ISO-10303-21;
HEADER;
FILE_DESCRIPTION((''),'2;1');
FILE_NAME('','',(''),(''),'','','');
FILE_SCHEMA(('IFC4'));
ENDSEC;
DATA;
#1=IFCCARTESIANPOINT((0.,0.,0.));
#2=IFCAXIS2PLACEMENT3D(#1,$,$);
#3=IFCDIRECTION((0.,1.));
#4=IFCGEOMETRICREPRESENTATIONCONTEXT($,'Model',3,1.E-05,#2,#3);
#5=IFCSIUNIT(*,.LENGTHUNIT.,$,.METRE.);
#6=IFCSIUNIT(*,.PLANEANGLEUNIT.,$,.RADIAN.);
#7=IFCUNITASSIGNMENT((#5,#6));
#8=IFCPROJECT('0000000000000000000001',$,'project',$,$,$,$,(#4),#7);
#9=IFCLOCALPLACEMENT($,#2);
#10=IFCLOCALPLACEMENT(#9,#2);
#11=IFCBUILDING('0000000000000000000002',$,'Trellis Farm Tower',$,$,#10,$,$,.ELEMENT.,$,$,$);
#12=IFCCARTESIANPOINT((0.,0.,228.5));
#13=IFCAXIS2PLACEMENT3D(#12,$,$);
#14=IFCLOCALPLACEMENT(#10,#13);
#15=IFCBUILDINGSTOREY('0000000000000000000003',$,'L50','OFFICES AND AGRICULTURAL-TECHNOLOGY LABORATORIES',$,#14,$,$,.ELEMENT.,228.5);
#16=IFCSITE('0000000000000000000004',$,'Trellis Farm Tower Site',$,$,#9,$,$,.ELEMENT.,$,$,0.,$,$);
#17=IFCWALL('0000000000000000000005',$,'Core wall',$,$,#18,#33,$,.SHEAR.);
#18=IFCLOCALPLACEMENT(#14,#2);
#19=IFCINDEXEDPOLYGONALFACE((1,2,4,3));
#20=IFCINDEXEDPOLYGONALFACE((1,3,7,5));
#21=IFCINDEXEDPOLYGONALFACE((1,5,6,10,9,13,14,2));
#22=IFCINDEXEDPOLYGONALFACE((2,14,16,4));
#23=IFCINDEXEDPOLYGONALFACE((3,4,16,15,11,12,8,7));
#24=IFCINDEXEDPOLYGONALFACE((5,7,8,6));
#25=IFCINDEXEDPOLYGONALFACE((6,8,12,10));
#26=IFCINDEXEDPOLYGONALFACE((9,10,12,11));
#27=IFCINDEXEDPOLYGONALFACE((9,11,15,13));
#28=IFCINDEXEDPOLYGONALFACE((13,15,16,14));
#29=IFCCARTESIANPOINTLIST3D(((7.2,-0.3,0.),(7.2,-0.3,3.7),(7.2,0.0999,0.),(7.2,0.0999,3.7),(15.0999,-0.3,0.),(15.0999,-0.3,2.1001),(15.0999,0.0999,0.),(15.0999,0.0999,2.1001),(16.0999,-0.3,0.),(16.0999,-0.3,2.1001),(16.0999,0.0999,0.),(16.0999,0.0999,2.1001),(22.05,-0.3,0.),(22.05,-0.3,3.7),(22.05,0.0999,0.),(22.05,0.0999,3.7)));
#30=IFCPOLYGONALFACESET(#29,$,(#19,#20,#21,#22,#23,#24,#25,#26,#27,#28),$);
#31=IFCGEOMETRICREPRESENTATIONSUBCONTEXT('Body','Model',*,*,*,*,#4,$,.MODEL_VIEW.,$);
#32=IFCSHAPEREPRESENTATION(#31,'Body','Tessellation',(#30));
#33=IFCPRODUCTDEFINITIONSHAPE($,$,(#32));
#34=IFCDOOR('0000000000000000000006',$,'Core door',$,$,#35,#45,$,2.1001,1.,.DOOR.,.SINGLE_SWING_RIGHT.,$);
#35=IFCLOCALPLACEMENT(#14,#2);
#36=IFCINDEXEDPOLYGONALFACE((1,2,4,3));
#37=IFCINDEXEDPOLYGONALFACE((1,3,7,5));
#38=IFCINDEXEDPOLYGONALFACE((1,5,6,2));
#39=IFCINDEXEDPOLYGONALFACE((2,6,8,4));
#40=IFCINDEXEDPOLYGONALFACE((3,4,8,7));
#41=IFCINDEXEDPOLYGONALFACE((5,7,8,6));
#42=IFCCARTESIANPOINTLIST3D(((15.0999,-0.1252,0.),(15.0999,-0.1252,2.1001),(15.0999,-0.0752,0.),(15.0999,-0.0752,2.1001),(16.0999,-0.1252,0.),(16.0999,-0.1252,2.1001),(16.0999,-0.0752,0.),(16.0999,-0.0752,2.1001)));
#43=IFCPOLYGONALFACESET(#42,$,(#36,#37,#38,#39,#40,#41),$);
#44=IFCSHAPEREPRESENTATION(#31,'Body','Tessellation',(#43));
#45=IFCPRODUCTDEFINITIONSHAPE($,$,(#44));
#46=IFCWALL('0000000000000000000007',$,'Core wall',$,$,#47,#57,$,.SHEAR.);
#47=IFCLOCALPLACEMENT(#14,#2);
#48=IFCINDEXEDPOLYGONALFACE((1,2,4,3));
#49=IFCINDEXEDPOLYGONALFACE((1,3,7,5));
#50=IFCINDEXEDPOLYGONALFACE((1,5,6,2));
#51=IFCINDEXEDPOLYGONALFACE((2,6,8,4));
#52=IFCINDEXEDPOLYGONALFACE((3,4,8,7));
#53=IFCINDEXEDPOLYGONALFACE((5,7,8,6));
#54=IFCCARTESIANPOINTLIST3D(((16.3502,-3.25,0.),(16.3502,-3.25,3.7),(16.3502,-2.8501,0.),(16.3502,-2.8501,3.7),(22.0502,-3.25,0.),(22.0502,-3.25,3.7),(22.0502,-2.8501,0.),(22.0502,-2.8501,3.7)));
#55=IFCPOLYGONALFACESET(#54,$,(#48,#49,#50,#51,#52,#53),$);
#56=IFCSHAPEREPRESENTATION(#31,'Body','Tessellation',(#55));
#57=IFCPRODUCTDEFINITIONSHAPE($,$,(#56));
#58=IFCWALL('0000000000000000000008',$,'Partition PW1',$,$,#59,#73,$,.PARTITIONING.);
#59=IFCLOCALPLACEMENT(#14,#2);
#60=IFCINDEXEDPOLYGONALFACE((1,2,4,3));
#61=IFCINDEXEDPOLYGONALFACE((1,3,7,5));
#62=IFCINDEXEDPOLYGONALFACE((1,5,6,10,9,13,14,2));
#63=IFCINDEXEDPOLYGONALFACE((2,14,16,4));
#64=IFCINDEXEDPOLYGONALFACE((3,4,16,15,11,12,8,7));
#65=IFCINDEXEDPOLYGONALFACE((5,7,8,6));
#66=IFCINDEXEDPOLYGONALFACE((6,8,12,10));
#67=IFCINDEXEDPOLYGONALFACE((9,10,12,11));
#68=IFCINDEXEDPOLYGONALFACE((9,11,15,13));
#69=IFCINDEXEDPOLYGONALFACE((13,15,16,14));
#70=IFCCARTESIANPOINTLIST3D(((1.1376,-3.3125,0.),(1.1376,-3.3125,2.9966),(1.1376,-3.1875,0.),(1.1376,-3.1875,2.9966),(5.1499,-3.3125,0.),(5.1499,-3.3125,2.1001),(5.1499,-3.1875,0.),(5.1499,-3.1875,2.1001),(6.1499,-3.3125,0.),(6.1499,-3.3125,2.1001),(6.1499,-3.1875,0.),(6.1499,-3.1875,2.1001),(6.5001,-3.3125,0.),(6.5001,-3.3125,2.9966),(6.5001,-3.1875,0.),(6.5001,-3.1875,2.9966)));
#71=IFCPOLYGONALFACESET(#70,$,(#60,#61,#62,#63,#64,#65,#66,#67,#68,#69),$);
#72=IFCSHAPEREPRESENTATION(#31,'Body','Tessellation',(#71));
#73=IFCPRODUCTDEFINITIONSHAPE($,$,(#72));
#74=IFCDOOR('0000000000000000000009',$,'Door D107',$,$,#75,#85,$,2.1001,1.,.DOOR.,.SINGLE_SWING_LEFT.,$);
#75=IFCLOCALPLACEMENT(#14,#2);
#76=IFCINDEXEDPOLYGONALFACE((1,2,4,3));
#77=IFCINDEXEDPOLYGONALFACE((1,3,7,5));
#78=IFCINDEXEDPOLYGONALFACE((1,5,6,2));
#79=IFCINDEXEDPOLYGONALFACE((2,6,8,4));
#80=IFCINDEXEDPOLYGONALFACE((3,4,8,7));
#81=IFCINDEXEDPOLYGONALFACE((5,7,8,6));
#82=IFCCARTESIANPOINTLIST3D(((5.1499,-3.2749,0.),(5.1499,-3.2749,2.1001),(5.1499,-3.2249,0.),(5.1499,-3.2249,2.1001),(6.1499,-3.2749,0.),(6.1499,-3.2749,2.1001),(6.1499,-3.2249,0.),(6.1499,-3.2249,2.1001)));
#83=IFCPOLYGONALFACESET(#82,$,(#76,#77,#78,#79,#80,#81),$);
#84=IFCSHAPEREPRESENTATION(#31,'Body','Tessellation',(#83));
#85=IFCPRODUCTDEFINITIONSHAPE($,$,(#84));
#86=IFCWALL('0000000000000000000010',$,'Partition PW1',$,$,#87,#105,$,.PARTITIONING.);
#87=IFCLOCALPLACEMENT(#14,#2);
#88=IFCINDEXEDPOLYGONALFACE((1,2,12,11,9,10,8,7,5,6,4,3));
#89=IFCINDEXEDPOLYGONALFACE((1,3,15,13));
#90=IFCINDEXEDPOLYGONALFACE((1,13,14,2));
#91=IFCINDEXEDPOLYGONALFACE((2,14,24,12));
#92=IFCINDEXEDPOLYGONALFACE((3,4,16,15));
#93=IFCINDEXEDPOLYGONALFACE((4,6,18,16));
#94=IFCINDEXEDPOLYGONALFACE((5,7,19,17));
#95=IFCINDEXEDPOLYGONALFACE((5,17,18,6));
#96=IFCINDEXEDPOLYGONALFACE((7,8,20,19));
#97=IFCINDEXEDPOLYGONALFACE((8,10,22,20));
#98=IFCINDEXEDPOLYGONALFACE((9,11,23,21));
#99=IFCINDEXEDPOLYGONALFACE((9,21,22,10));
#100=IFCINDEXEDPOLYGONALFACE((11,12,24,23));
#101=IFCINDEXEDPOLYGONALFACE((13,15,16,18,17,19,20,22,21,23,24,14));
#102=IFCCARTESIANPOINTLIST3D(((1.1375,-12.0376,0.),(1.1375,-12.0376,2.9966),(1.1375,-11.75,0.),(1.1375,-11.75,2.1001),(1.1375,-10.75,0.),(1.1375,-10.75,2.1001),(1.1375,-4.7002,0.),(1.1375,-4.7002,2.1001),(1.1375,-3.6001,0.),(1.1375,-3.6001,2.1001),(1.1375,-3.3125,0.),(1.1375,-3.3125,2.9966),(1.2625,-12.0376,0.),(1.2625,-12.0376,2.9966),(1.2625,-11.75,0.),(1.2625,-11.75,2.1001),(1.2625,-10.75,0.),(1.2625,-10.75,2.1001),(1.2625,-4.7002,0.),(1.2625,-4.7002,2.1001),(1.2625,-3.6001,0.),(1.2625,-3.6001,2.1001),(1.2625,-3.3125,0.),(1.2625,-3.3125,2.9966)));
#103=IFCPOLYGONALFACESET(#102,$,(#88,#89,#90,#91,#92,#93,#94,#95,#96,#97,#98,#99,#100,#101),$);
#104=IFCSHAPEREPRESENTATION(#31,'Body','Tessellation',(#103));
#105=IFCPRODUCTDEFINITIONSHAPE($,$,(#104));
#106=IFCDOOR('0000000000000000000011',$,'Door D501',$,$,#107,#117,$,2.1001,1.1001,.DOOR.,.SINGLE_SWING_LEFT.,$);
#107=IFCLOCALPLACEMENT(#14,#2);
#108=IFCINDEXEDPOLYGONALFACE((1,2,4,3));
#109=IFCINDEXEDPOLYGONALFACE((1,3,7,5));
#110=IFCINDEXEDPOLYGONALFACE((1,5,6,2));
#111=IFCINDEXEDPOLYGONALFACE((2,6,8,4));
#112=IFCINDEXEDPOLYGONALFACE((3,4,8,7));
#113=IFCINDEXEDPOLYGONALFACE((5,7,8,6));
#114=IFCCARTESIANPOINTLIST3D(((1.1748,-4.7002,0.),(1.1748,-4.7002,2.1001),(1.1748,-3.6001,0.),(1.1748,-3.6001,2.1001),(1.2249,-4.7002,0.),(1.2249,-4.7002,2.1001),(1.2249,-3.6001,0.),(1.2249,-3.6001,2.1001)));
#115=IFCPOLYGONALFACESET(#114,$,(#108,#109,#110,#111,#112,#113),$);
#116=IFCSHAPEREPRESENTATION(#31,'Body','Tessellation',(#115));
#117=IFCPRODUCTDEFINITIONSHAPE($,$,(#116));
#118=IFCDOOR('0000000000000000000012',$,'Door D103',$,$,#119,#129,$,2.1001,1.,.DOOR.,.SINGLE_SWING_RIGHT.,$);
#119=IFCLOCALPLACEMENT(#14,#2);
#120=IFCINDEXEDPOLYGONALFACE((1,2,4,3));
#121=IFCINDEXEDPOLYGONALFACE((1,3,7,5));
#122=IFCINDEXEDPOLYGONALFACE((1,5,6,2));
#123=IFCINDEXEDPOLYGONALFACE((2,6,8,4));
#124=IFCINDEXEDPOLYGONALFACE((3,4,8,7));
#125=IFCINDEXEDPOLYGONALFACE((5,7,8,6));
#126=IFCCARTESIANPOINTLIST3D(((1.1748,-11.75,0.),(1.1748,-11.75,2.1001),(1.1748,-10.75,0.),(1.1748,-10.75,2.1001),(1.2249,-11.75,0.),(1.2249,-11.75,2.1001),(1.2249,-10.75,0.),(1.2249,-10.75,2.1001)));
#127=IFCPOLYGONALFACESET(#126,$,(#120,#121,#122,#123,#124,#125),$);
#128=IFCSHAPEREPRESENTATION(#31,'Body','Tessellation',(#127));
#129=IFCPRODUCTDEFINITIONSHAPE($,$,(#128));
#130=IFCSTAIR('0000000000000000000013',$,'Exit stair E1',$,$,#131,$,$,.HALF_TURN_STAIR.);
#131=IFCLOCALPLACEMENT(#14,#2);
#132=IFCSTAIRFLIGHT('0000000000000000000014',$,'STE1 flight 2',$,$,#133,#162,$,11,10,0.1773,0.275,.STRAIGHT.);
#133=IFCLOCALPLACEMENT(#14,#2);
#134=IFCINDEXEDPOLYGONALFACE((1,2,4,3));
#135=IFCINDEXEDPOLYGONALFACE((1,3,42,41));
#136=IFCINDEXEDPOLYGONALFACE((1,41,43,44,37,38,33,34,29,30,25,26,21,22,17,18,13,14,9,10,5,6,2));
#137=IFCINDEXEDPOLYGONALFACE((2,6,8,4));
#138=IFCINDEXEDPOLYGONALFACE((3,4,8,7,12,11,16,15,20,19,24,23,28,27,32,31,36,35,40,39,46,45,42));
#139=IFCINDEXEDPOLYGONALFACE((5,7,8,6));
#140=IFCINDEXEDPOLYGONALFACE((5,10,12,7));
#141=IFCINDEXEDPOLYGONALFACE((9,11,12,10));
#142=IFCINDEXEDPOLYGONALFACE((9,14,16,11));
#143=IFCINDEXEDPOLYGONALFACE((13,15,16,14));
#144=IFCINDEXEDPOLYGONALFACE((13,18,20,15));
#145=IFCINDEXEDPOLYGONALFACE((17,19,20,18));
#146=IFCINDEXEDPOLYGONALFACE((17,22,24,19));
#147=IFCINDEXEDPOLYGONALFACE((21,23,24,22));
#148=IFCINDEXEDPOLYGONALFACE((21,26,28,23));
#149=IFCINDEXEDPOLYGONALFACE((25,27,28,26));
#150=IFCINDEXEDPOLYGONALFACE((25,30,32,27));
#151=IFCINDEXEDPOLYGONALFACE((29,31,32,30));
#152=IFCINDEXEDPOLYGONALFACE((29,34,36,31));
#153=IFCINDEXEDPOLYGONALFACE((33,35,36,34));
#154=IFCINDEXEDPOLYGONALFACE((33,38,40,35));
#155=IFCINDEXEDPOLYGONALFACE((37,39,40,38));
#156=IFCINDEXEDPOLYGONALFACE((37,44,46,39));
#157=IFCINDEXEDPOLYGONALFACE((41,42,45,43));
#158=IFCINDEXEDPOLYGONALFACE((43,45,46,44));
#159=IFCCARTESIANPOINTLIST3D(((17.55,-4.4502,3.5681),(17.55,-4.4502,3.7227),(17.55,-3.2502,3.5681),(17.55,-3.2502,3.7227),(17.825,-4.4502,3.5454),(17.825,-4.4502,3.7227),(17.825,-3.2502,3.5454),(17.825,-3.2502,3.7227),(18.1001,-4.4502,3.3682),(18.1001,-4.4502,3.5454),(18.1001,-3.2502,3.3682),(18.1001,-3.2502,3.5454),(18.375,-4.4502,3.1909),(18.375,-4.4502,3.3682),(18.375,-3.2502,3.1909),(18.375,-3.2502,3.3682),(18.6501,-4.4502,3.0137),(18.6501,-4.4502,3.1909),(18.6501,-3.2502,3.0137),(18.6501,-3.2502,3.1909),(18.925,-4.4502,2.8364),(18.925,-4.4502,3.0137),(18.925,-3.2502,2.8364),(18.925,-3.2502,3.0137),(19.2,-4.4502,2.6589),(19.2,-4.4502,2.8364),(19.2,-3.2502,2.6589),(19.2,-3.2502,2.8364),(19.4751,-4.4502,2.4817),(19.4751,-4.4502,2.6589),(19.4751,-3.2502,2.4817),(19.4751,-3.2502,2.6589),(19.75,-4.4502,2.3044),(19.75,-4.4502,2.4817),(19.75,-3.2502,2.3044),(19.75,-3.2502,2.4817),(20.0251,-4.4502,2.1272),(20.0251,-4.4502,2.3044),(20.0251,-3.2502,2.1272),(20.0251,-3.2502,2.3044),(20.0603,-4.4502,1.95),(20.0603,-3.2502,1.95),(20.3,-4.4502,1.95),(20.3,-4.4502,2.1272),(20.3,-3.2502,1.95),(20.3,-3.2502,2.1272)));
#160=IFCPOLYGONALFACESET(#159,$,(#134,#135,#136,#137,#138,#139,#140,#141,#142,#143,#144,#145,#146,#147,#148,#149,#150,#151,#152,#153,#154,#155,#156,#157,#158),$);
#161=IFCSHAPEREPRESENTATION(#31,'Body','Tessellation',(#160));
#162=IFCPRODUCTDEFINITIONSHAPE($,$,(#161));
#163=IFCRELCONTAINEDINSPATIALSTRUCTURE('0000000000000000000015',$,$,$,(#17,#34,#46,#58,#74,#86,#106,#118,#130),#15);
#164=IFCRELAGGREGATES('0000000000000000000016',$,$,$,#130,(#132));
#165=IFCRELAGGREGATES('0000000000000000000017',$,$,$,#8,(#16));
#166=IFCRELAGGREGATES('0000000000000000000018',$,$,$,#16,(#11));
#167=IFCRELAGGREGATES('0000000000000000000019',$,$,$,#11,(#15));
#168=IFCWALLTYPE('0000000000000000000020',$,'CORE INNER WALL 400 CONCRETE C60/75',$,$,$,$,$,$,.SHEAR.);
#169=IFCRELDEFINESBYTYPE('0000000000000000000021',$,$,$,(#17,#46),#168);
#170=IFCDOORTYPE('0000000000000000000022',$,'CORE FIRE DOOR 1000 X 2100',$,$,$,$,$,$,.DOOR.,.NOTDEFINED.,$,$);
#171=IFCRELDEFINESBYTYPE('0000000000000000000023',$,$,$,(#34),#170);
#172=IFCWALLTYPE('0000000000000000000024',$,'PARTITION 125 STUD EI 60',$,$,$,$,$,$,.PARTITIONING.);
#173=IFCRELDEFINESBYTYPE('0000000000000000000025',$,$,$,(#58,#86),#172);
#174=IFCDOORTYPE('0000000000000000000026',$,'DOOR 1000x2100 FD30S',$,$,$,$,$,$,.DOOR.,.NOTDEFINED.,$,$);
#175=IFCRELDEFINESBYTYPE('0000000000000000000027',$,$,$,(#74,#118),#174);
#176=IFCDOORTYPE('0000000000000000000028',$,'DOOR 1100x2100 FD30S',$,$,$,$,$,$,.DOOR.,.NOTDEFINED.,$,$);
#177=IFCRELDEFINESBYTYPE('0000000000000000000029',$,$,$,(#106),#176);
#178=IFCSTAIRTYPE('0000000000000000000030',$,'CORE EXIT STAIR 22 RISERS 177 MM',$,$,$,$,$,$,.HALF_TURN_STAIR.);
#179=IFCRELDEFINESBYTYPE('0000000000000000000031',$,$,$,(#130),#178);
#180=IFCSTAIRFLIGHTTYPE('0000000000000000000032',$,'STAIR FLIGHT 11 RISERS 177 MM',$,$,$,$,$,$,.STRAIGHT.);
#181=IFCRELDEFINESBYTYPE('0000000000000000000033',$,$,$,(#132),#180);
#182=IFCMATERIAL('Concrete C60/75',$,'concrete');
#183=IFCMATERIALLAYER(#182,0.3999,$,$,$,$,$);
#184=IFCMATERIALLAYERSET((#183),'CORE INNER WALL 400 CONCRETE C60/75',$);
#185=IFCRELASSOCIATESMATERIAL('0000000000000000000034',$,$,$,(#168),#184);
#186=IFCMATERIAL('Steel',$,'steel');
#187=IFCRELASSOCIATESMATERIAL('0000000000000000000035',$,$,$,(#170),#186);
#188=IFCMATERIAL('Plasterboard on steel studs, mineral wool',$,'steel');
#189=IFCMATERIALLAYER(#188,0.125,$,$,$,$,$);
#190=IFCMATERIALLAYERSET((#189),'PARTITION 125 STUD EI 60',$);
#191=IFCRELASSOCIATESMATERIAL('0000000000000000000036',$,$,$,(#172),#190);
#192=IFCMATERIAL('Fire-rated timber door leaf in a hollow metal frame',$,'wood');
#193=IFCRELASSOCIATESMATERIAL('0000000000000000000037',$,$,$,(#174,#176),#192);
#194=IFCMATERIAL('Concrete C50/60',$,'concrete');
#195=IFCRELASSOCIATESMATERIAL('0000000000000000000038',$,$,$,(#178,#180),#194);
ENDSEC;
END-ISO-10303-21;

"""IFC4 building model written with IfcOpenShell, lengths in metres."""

from ifc_helpers import new_model, si_unit, direction, frame, frame_2d, origin, place, context, subcontext, project, spatial, polyline, rectangle, outline, extrude, source, transform, mapped, material, layer, layer_set, type_object, element, fill, aggregate, save


model = new_model("IFC4")

# Units and contexts
model_context = context("Model", 3, precision=1e-05, world=origin(), true_north=direction((0.0, 1.0)))
body_context = subcontext(model_context, "Body", "Model", "MODEL_VIEW")
ifc_project = project(units=[si_unit("LENGTHUNIT", "METRE"), si_unit("PLANEANGLEUNIT", "RADIAN")], contexts=[model_context])

# Site, building, storey
site_placement = place(None, origin())
site = spatial("IfcSite", under=ifc_project, at=site_placement, Name="Trellis Farm Tower Site", CompositionType="ELEMENT", RefElevation=0.0)
building_placement = place(site_placement, origin())
building = spatial("IfcBuilding", under=site, at=building_placement, Name="Trellis Farm Tower", CompositionType="ELEMENT")
storey_placement = place(building_placement, frame((0.0, 0.0, 228.5)))
storey = spatial("IfcBuildingStorey", under=building, at=storey_placement, Name="L50", Description="OFFICES AND AGRICULTURAL-TECHNOLOGY LABORATORIES", CompositionType="ELEMENT", Elevation=228.5)

# Shared definitions
ifc_material_1 = material(Name="Concrete C60/75", Category="concrete")

# Shared definitions
placement = place(storey_placement, origin())

# Shared definitions
ifc_layer_1 = layer(ifc_material_1, 0.3999)
ifc_layer_set_1 = layer_set([ifc_layer_1], Name="CORE INNER WALL 400 CONCRETE C60/75")
wall_type_1 = type_object("IfcWallType", Name="CORE INNER WALL 400 CONCRETE C60/75", PredefinedType="SHEAR", material=ifc_layer_set_1)
shared_shape_1 = source(origin(), body_context, "Body", "SweptSolid", [
    extrude(rectangle(XDim=1.0, YDim=2.1001, at=frame_2d((0.5, 1.05))), frame((0.0, 0.21, 0.0), z_axis=(0.0, -1.0, 0.0), x_axis=(1.0, 0.0, 0.0)), (0.0, 0.0, 1.0), 0.4199),
])
ifc_material_2 = material(Name="Steel", Category="steel")
door_type_1 = type_object("IfcDoorType", Name="CORE FIRE DOOR 1000 X 2100", OperationType="NOTDEFINED", PredefinedType="DOOR", material=ifc_material_2)
shared_shape_2 = source(origin(), body_context, "Body", "SweptSolid", [
    extrude(rectangle(XDim=1.0, YDim=2.1001, at=frame_2d((0.5, 1.05))), frame((0.0, 0.0249, 0.0), z_axis=(0.0, -1.0, 0.0), x_axis=(1.0, 0.0, 0.0)), (0.0, 0.0, 1.0), 0.05),
])

# Wall, opening, door
shared_shape_3 = source(origin(), body_context, "Body", "SweptSolid", [
    extrude(rectangle(XDim=14.8501, YDim=0.3999, at=frame_2d((7.425, 0.0))), origin(), (0.0, 0.0, 1.0), 3.7),
])
wall_1_placement = place(storey_placement, frame((7.2, -0.1001, 0.0), z_axis=(0.0, 0.0, 1.0), x_axis=(1.0, 0.0, 0.0)))
wall_1 = element("IfcWall", 1, at=wall_1_placement, inside=storey, type_object=wall_type_1, Name="Core wall", PredefinedType="SHEAR", context=body_context, shape_type="MappedRepresentation", body=[
    mapped(shared_shape_3, transform((0.0, 0.0, 0.0))),
])
opening_1_placement = place(wall_1_placement, frame((7.8999, 0.0, 0.0)))
opening_1 = element("IfcOpeningElement", 2, at=opening_1_placement, cuts=wall_1, PredefinedType="OPENING", context=body_context, shape_type="MappedRepresentation", body=[
    mapped(shared_shape_1, transform((0.0, 0.0, 0.0))),
])
door_1_placement = place(opening_1_placement, origin())
door_1 = element("IfcDoor", 3, at=door_1_placement, inside=storey, type_object=door_type_1, Name="Core door", OperationType="SINGLE_SWING_RIGHT", OverallHeight=2.1001, OverallWidth=1.0, PredefinedType="DOOR", context=body_context, shape_type="MappedRepresentation", body=[
    mapped(shared_shape_2, transform((0.0, 0.0, 0.0))),
])
fill(opening_1, door_1)

# Wall
shared_shape_4 = source(origin(), body_context, "Body", "SweptSolid", [
    extrude(rectangle(XDim=5.7, YDim=0.3999, at=frame_2d((2.8501, 0.0))), origin(), (0.0, 0.0, 1.0), 3.7),
])
wall_2_placement = place(storey_placement, frame((16.3501, -3.05, 0.0), z_axis=(0.0, 0.0, 1.0), x_axis=(1.0, 0.0, 0.0)))
element("IfcWall", 4, at=wall_2_placement, inside=storey, type_object=wall_type_1, Name="Core wall", PredefinedType="SHEAR", context=body_context, shape_type="MappedRepresentation", body=[
    mapped(shared_shape_4, transform((0.0, 0.0, 0.0))),
])

# Wall, opening, door
ifc_material_3 = material(Name="Plasterboard on steel studs, mineral wool", Category="steel")
ifc_layer_2 = layer(ifc_material_3, 0.125)
ifc_layer_set_2 = layer_set([ifc_layer_2], Name="PARTITION 125 STUD EI 60")
wall_type_2 = type_object("IfcWallType", Name="PARTITION 125 STUD EI 60", PredefinedType="PARTITIONING", material=ifc_layer_set_2)
shared_shape_5 = source(origin(), body_context, "Body", "SweptSolid", [
    extrude(rectangle(XDim=5.3625, YDim=0.125, at=frame_2d((2.6812, 0.0))), origin(), (0.0, 0.0, 1.0), 2.9966),
])
wall_3_placement = place(storey_placement, frame((6.5, -3.25, 0.0), z_axis=(0.0, 0.0, 1.0), x_axis=(-1.0, 0.0, 0.0)))
wall_3 = element("IfcWall", 5, at=wall_3_placement, inside=storey, type_object=wall_type_2, Name="Partition PW1", PredefinedType="PARTITIONING", context=body_context, shape_type="MappedRepresentation", body=[
    mapped(shared_shape_5, transform((0.0, 0.0, 0.0))),
])
shared_shape_6 = source(origin(), body_context, "Body", "SweptSolid", [
    extrude(rectangle(XDim=1.0, YDim=2.1001, at=frame_2d((0.5, 1.05))), frame((0.0, 0.0725, 0.0), z_axis=(0.0, -1.0, 0.0), x_axis=(1.0, 0.0, 0.0)), (0.0, 0.0, 1.0), 0.145),
])
opening_2_placement = place(wall_3_placement, frame((0.3501, 0.0, 0.0)))
opening_2 = element("IfcOpeningElement", 6, at=opening_2_placement, cuts=wall_3, PredefinedType="OPENING", context=body_context, shape_type="MappedRepresentation", body=[
    mapped(shared_shape_6, transform((0.0, 0.0, 0.0))),
])
ifc_material_4 = material(Name="Fire-rated timber door leaf in a hollow metal frame", Category="wood")
door_type_2 = type_object("IfcDoorType", Name="DOOR 1000x2100 FD30S", OperationType="NOTDEFINED", PredefinedType="DOOR", material=ifc_material_4)
door_2_placement = place(opening_2_placement, origin())
door_2 = element("IfcDoor", 7, at=door_2_placement, inside=storey, type_object=door_type_2, Name="Door D107", OperationType="SINGLE_SWING_LEFT", OverallHeight=2.1001, OverallWidth=1.0, PredefinedType="DOOR", context=body_context, shape_type="MappedRepresentation", body=[
    mapped(shared_shape_2, transform((0.0, 0.0, 0.0))),
])
fill(opening_2, door_2)

# Wall, openings, doors
shared_shape_7 = source(origin(), body_context, "Body", "SweptSolid", [
    extrude(rectangle(XDim=8.7251, YDim=0.125, at=frame_2d((4.3625, 0.0))), origin(), (0.0, 0.0, 1.0), 2.9966),
])
wall_4_placement = place(storey_placement, frame((1.2, -3.3125, 0.0), z_axis=(0.0, 0.0, 1.0), x_axis=(0.0, -1.0, 0.0)))
wall_4 = element("IfcWall", 8, at=wall_4_placement, inside=storey, type_object=wall_type_2, Name="Partition PW1", PredefinedType="PARTITIONING", context=body_context, shape_type="MappedRepresentation", body=[
    mapped(shared_shape_7, transform((0.0, 0.0, 0.0))),
])
opening_3_placement = place(wall_4_placement, frame((7.4375, 0.0, 0.0)))
opening_3 = element("IfcOpeningElement", 9, at=opening_3_placement, cuts=wall_4, PredefinedType="OPENING", context=body_context, shape_type="MappedRepresentation", body=[
    mapped(shared_shape_6, transform((0.0, 0.0, 0.0))),
])
shared_shape_8 = source(origin(), body_context, "Body", "SweptSolid", [
    extrude(rectangle(XDim=1.1001, YDim=2.1001, at=frame_2d((0.55, 1.05))), frame((0.0, 0.0725, 0.0), z_axis=(0.0, -1.0, 0.0), x_axis=(1.0, 0.0, 0.0)), (0.0, 0.0, 1.0), 0.145),
])
opening_4_placement = place(wall_4_placement, frame((0.2876, 0.0, 0.0)))
opening_4 = element("IfcOpeningElement", 10, at=opening_4_placement, cuts=wall_4, PredefinedType="OPENING", context=body_context, shape_type="MappedRepresentation", body=[
    mapped(shared_shape_8, transform((0.0, 0.0, 0.0))),
])
door_type_3 = type_object("IfcDoorType", Name="DOOR 1100x2100 FD30S", OperationType="NOTDEFINED", PredefinedType="DOOR", material=ifc_material_4)
shared_shape_9 = source(origin(), body_context, "Body", "SweptSolid", [
    extrude(rectangle(XDim=1.1001, YDim=2.1001, at=frame_2d((0.55, 1.05))), frame((0.0, 0.0249, 0.0), z_axis=(0.0, -1.0, 0.0), x_axis=(1.0, 0.0, 0.0)), (0.0, 0.0, 1.0), 0.05),
])
door_3_placement = place(opening_4_placement, origin())
door_3 = element("IfcDoor", 11, at=door_3_placement, inside=storey, type_object=door_type_3, Name="Door D501", OperationType="SINGLE_SWING_LEFT", OverallHeight=2.1001, OverallWidth=1.1001, PredefinedType="DOOR", context=body_context, shape_type="MappedRepresentation", body=[
    mapped(shared_shape_9, transform((0.0, 0.0, 0.0))),
])
fill(opening_4, door_3)
door_4_placement = place(opening_3_placement, origin())
door_4 = element("IfcDoor", 12, at=door_4_placement, inside=storey, type_object=door_type_2, Name="Door D103", OperationType="SINGLE_SWING_RIGHT", OverallHeight=2.1001, OverallWidth=1.0, PredefinedType="DOOR", context=body_context, shape_type="MappedRepresentation", body=[
    mapped(shared_shape_2, transform((0.0, 0.0, 0.0))),
])
fill(opening_3, door_4)

# Stair, stair flight
ifc_material_5 = material(Name="Concrete C50/60", Category="concrete")
stair_type = type_object("IfcStairType", Name="CORE EXIT STAIR 22 RISERS 177 MM", PredefinedType="HALF_TURN_STAIR", material=ifc_material_5)
stair_1 = element("IfcStair", 13, at=placement, inside=storey, type_object=stair_type, Name="Exit stair E1", PredefinedType="HALF_TURN_STAIR")
stair_flight_type = type_object("IfcStairFlightType", Name="STAIR FLIGHT 11 RISERS 177 MM", PredefinedType="STRAIGHT", material=ifc_material_5)
shared_shape_10 = source(origin(), body_context, "Body", "SweptSolid", [
    extrude(outline(polyline([(0.0, 0.0), (0.0, 0.1772), (0.2749, 0.1772), (0.2749, 0.3545), (0.55, 0.3545), (0.55, 0.5317), (0.825, 0.5317), (0.825, 0.709), (1.1001, 0.709), (1.1001, 0.8865), (1.375, 0.8865), (1.375, 1.0637), (1.6499, 1.0637), (1.6499, 1.241), (1.925, 1.241), (1.925, 1.4182), (2.2, 1.4182), (2.2, 1.5955), (2.4751, 1.5955), (2.4751, 1.7727), (2.75, 1.7727), (2.75, 1.95), (2.75, 1.6182), (0.2397, 0.0), (0.0, 0.0)])), frame((0.0, 0.6001, 0.0), z_axis=(0.0, -1.0, 0.0), x_axis=(1.0, 0.0, 0.0)), (0.0, 0.0, 1.0), 1.2),
])
stair_flight_1_placement = place(storey_placement, frame((20.3, -3.8501, 1.95), z_axis=(0.0, 0.0, 1.0), x_axis=(-1.0, 0.0, 0.0)))
stair_flight_1 = element("IfcStairFlight", 14, at=stair_flight_1_placement, type_object=stair_flight_type, Name="STE1 flight 2", NumberOfRisers=11, NumberOfTreads=10, PredefinedType="STRAIGHT", RiserHeight=0.1773, TreadLength=0.275, context=body_context, shape_type="MappedRepresentation", body=[
    mapped(shared_shape_10, transform((0.0, 0.0, 0.0))),
])
aggregate(stair_1, [stair_flight_1])

save(model, "model.ifc")
